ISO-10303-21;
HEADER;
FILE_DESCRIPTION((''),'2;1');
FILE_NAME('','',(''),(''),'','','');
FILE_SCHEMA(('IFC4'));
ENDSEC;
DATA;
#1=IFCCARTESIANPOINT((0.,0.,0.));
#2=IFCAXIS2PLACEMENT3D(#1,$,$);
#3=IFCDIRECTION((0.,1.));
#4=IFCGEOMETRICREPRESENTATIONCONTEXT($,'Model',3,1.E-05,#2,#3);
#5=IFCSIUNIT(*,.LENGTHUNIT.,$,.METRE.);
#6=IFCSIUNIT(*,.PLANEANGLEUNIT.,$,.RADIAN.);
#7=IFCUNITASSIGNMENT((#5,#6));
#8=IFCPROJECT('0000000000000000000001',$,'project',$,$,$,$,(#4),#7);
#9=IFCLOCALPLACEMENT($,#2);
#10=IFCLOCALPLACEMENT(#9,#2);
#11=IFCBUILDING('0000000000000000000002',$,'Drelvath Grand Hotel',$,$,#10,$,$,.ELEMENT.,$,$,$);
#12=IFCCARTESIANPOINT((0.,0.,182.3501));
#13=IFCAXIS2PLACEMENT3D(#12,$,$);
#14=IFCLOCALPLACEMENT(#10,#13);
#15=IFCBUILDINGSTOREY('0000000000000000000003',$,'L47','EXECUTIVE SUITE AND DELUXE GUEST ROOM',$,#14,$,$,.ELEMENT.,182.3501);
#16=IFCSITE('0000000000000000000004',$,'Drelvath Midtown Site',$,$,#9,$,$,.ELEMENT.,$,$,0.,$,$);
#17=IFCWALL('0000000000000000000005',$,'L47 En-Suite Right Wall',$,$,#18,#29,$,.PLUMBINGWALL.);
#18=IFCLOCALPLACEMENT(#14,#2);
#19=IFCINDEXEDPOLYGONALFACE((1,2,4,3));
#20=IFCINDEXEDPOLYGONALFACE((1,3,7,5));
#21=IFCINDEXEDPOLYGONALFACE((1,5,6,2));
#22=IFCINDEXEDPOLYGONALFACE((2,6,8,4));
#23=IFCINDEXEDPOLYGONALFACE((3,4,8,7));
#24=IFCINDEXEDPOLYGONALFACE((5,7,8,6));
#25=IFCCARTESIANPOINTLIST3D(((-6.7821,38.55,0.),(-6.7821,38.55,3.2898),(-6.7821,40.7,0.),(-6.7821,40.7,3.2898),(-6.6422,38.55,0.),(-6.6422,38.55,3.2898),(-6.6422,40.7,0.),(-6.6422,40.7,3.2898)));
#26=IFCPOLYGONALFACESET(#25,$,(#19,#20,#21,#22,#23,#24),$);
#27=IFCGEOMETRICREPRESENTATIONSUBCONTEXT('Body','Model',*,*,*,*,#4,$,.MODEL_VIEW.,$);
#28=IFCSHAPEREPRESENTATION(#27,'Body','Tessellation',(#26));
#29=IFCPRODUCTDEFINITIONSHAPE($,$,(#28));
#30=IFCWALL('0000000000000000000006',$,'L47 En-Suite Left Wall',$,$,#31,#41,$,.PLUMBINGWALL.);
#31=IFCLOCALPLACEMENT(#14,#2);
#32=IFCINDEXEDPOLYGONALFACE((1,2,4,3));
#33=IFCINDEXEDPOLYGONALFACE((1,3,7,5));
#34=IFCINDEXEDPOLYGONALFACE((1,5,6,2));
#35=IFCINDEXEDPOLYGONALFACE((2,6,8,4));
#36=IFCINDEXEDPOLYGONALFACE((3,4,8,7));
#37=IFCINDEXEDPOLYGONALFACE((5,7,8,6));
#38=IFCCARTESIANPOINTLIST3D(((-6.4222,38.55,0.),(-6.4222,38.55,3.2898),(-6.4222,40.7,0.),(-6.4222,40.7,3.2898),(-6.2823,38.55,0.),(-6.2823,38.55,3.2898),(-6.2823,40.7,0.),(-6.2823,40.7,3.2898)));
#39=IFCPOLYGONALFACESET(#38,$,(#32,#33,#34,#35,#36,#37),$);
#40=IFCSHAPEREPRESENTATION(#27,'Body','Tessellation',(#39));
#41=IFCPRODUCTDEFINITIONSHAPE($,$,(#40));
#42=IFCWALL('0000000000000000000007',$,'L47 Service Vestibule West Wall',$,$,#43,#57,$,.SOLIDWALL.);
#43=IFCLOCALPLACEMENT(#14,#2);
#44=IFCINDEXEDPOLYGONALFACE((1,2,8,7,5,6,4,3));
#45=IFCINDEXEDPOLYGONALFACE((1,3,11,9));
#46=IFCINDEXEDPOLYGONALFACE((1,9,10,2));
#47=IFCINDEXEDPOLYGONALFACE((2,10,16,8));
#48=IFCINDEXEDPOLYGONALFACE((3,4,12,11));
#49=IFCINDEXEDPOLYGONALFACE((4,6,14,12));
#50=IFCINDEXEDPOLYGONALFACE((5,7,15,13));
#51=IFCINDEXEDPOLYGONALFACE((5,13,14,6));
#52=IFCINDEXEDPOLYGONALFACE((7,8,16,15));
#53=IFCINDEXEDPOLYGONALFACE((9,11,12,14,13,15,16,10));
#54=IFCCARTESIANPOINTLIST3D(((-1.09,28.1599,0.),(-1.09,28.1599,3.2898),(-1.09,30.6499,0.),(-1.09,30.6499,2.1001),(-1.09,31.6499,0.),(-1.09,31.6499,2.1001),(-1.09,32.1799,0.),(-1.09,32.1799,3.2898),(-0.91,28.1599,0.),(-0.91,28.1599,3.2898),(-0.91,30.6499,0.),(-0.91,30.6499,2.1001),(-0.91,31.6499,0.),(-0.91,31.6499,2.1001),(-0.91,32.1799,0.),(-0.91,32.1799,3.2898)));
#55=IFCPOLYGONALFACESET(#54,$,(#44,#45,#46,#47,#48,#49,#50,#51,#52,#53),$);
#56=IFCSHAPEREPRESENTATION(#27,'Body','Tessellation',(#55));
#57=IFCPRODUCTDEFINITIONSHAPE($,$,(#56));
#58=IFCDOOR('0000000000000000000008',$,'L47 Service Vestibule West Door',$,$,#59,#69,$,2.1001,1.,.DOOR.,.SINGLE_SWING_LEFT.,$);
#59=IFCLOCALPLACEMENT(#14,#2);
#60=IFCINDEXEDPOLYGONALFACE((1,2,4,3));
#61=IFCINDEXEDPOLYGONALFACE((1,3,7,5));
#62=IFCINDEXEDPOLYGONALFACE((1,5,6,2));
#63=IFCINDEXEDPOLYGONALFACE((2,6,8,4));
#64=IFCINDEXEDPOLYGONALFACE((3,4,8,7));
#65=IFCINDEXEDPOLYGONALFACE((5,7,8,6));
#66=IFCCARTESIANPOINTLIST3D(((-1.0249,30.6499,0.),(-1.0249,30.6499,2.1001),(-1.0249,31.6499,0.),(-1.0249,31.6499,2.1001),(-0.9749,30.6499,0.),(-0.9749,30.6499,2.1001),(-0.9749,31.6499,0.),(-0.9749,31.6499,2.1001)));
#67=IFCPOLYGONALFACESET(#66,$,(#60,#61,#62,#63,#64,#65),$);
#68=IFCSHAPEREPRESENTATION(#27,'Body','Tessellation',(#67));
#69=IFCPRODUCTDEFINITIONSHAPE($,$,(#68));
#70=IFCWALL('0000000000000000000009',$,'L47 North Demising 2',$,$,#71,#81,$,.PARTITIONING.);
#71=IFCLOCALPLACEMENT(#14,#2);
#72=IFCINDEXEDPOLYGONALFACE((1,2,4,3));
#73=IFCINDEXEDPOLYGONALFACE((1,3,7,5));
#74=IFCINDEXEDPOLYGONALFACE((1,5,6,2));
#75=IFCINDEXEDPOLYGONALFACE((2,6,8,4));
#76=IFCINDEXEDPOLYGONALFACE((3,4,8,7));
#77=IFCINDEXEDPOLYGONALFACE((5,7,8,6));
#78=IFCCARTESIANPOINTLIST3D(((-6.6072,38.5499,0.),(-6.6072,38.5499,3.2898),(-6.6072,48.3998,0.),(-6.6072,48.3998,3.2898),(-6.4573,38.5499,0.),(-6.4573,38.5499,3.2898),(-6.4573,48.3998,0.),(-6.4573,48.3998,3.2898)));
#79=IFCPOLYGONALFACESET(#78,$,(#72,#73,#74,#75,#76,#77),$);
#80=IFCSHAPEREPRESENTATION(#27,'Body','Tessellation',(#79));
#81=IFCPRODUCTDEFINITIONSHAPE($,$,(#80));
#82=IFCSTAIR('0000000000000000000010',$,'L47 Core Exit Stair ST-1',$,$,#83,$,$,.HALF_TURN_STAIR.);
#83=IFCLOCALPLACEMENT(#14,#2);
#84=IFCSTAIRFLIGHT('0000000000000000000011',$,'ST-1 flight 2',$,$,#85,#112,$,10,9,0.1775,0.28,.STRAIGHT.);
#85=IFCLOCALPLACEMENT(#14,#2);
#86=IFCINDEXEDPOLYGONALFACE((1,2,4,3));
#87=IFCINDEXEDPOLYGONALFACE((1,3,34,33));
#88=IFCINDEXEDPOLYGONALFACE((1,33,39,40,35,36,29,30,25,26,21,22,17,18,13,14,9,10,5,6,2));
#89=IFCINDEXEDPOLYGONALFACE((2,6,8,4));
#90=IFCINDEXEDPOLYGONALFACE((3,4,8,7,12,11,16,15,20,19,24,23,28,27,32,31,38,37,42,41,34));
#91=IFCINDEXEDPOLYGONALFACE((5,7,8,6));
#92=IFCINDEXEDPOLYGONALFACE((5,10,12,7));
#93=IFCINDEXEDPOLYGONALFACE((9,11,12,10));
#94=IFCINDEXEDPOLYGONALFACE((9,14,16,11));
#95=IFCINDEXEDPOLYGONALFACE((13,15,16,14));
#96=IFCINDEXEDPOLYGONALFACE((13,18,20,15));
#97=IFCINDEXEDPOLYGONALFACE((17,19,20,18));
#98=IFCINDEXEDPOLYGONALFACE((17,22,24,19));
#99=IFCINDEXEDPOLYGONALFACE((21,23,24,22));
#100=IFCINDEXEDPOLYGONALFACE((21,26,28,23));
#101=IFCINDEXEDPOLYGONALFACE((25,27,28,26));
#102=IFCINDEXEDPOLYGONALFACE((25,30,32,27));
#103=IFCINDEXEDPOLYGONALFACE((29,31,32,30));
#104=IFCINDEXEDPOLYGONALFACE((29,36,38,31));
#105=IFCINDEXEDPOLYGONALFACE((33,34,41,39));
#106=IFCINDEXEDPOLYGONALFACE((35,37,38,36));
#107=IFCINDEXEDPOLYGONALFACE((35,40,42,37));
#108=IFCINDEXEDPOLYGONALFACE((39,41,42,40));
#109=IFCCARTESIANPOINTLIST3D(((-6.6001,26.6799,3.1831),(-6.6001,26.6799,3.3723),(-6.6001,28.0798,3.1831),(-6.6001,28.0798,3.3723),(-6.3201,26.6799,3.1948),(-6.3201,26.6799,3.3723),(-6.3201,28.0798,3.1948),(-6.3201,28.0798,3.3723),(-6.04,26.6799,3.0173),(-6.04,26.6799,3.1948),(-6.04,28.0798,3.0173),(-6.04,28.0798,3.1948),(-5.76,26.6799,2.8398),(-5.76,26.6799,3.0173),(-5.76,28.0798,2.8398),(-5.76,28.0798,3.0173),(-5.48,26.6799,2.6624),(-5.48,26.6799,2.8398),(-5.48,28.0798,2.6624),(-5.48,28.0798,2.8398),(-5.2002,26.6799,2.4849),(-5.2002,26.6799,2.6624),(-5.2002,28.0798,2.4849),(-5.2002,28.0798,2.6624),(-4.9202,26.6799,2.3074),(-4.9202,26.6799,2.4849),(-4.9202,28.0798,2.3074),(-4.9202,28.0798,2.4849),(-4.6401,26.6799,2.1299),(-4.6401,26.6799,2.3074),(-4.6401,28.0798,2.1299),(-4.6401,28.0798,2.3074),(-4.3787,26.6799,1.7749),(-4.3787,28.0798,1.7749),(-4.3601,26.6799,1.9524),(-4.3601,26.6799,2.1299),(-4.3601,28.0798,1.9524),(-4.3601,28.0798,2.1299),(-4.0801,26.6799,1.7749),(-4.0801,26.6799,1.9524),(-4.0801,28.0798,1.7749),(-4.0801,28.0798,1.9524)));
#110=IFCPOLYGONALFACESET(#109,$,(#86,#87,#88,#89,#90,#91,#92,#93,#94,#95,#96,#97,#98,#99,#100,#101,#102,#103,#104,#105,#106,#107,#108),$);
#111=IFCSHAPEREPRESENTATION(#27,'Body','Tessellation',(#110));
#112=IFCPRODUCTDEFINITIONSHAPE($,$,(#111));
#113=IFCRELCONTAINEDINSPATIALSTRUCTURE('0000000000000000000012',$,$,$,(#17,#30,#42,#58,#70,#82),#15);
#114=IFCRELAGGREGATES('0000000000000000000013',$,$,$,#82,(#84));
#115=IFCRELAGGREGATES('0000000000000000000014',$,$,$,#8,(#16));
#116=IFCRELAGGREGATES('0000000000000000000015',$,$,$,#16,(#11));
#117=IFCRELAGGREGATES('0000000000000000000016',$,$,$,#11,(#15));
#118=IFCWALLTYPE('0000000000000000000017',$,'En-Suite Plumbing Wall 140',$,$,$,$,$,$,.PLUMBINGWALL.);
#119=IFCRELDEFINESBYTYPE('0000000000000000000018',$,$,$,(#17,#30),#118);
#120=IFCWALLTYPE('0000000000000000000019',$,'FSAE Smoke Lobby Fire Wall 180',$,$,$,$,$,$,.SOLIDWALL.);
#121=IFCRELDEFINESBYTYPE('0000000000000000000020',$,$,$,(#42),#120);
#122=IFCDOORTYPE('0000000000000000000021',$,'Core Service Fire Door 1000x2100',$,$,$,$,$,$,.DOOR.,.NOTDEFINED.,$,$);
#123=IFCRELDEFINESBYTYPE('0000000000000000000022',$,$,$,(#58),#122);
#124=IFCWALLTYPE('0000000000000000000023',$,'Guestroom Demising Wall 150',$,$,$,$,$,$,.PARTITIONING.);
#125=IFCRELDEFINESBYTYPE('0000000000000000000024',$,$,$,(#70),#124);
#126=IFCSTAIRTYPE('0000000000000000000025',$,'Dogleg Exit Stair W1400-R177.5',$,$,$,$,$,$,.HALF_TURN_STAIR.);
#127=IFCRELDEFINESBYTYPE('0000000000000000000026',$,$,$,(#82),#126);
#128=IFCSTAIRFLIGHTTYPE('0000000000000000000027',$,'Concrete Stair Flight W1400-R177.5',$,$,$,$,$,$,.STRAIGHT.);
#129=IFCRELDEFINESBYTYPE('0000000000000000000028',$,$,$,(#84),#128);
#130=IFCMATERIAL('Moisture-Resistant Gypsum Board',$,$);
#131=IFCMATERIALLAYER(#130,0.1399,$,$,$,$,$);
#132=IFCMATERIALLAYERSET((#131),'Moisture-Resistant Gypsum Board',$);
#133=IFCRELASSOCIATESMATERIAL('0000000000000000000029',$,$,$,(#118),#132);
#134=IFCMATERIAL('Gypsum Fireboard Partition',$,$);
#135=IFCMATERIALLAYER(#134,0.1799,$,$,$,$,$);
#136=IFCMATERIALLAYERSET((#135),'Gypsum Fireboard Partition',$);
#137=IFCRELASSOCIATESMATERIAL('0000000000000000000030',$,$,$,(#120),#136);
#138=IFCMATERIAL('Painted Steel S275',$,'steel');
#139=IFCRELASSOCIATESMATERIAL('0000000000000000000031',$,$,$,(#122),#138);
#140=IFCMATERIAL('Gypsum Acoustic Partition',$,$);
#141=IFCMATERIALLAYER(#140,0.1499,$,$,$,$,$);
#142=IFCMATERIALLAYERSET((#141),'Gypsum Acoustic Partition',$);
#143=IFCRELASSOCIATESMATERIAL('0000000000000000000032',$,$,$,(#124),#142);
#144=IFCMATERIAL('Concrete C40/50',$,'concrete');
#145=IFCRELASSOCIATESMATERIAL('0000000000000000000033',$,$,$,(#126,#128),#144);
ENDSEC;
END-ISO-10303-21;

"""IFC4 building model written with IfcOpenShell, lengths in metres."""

from ifc_helpers import new_model, si_unit, direction, frame, frame_2d, origin, place, context, subcontext, project, spatial, polyline, rectangle, outline, extrude, material, layer, layer_set, type_object, element, fill, aggregate, save


model = new_model("IFC4")

# Units and contexts
model_context = context("Model", 3, precision=1e-05, world=origin(), true_north=direction((0.0, 1.0)))
body_context = subcontext(model_context, "Body", "Model", "MODEL_VIEW")
ifc_project = project(units=[si_unit("LENGTHUNIT", "METRE"), si_unit("PLANEANGLEUNIT", "RADIAN")], contexts=[model_context])

# Site, building, storey
site_placement = place(None, origin())
site = spatial("IfcSite", under=ifc_project, at=site_placement, Name="Drelvath Midtown Site", CompositionType="ELEMENT", RefElevation=0.0)
building_placement = place(site_placement, origin())
building = spatial("IfcBuilding", under=site, at=building_placement, Name="Drelvath Grand Hotel", CompositionType="ELEMENT")
storey_placement = place(building_placement, frame((0.0, 0.0, 182.3501)))
storey = spatial("IfcBuildingStorey", under=building, at=storey_placement, Name="L47", Description="EXECUTIVE SUITE AND DELUXE GUEST ROOM", CompositionType="ELEMENT", Elevation=182.3501)

# Shared definitions
ifc_material_1 = material(Name="Concrete C40/50", Category="concrete")

# Walls
ifc_material_2 = material(Name="Gypsum Fireboard Partition")
ifc_material_3 = material(Name="Moisture-Resistant Gypsum Board")
ifc_layer_1 = layer(ifc_material_3, 0.1399)
ifc_layer_set_1 = layer_set([ifc_layer_1], Name="Moisture-Resistant Gypsum Board")
wall_type_1 = type_object("IfcWallType", Name="En-Suite Plumbing Wall 140", PredefinedType="PLUMBINGWALL", material=ifc_layer_set_1)
for number, where, z_axis, x_axis, name in (
    (1, (-6.7122, 38.55, 0.0), (0.0, 0.0, 1.0), (0.0, 1.0, 0.0), "L47 En-Suite Right Wall"),
    (2, (-6.3523, 38.55, 0.0), (0.0, 0.0, 1.0), (0.0, 1.0, 0.0), "L47 En-Suite Left Wall"),
):
    element("IfcWall", number, at=place(storey_placement, frame(where, z_axis=z_axis, x_axis=x_axis)), inside=storey, type_object=wall_type_1, Name=name, PredefinedType="PLUMBINGWALL", context=body_context, shape_type="SweptSolid", body=[
        extrude(rectangle(XDim=2.1499, YDim=0.1399, at=frame_2d((1.075, 0.0))), origin(), (0.0, 0.0, 1.0), 3.2898),
    ])

# Wall, opening, door
ifc_layer_2 = layer(ifc_material_2, 0.1799)
ifc_layer_set_2 = layer_set([ifc_layer_2], Name="Gypsum Fireboard Partition")
wall_type_2 = type_object("IfcWallType", Name="FSAE Smoke Lobby Fire Wall 180", PredefinedType="SOLIDWALL", material=ifc_layer_set_2)
wall_1_placement = place(storey_placement, frame((-1.0, 28.1599, 0.0), z_axis=(0.0, 0.0, 1.0), x_axis=(0.0, 1.0, 0.0)))
wall_1 = element("IfcWall", 3, at=wall_1_placement, inside=storey, type_object=wall_type_2, Name="L47 Service Vestibule West Wall", PredefinedType="SOLIDWALL", context=body_context, shape_type="SweptSolid", body=[
    extrude(rectangle(XDim=4.02, YDim=0.1799, at=frame_2d((2.01, 0.0))), origin(), (0.0, 0.0, 1.0), 3.2898),
])
opening_1_placement = place(wall_1_placement, frame((2.49, 0.0, 0.0)))
opening_1 = element("IfcOpeningElement", 4, at=opening_1_placement, cuts=wall_1, PredefinedType="OPENING", context=body_context, shape_type="SweptSolid", body=[
    extrude(rectangle(XDim=1.0, YDim=2.1001, at=frame_2d((0.5, 1.05))), frame((0.0, 0.0999, 0.0), z_axis=(0.0, -1.0, 0.0), x_axis=(1.0, 0.0, 0.0)), (0.0, 0.0, 1.0), 0.2),
])
ifc_material_4 = material(Name="Painted Steel S275", Category="steel")
door_type_1 = type_object("IfcDoorType", Name="Core Service Fire Door 1000x2100", OperationType="NOTDEFINED", PredefinedType="DOOR", material=ifc_material_4)
door_1_placement = place(opening_1_placement, origin())
door_1 = element("IfcDoor", 5, at=door_1_placement, inside=storey, type_object=door_type_1, Name="L47 Service Vestibule West Door", OperationType="SINGLE_SWING_LEFT", OverallHeight=2.1001, OverallWidth=1.0, PredefinedType="DOOR", context=body_context, shape_type="SweptSolid", body=[
    extrude(rectangle(XDim=1.0, YDim=2.1001, at=frame_2d((0.5, 1.05))), frame((0.0, 0.0249, 0.0), z_axis=(0.0, -1.0, 0.0), x_axis=(1.0, 0.0, 0.0)), (0.0, 0.0, 1.0), 0.05),
])
fill(opening_1, door_1)

# Wall
ifc_material_5 = material(Name="Gypsum Acoustic Partition")
ifc_layer_3 = layer(ifc_material_5, 0.1499)
ifc_layer_set_3 = layer_set([ifc_layer_3], Name="Gypsum Acoustic Partition")
wall_type_3 = type_object("IfcWallType", Name="Guestroom Demising Wall 150", PredefinedType="PARTITIONING", material=ifc_layer_set_3)
wall_2_placement = place(storey_placement, frame((-6.5322, 38.55, 0.0), z_axis=(0.0, 0.0, 1.0), x_axis=(0.0, 1.0, 0.0)))
element("IfcWall", 6, at=wall_2_placement, inside=storey, type_object=wall_type_3, Name="L47 North Demising 2", PredefinedType="PARTITIONING", context=body_context, shape_type="SweptSolid", body=[
    extrude(rectangle(XDim=9.8499, YDim=0.1499, at=frame_2d((4.9248, 0.0))), origin(), (0.0, 0.0, 1.0), 3.2898),
])

# Stair, stair flight
stair_type = type_object("IfcStairType", Name="Dogleg Exit Stair W1400-R177.5", PredefinedType="HALF_TURN_STAIR", material=ifc_material_1)
stair_placement = place(storey_placement, origin())
stair = element("IfcStair", 7, at=stair_placement, inside=storey, type_object=stair_type, Name="L47 Core Exit Stair ST-1", PredefinedType="HALF_TURN_STAIR")
stair_flight_type = type_object("IfcStairFlightType", Name="Concrete Stair Flight W1400-R177.5", PredefinedType="STRAIGHT", material=ifc_material_1)
stair_flight_placement = place(storey_placement, frame((-4.0801, 27.3799, 1.7749), z_axis=(0.0, 0.0, 1.0), x_axis=(-1.0, 0.0, 0.0)))
stair_flight = element("IfcStairFlight", 8, at=stair_flight_placement, type_object=stair_flight_type, Name="ST-1 flight 2", NumberOfRisers=10, NumberOfTreads=9, PredefinedType="STRAIGHT", RiserHeight=0.1775, TreadLength=0.28, context=body_context, shape_type="SweptSolid", body=[
    extrude(outline(polyline([(0.0, 0.0), (0.0, 0.1775), (0.28, 0.1775), (0.28, 0.355), (0.5601, 0.355), (0.5601, 0.5325), (0.8401, 0.5325), (0.8401, 0.71), (1.1201, 0.71), (1.1201, 0.8875), (1.3999, 0.8875), (1.3999, 1.0649), (1.6799, 1.0649), (1.6799, 1.2424), (1.96, 1.2424), (1.96, 1.4199), (2.24, 1.4199), (2.24, 1.5974), (2.52, 1.5974), (2.52, 1.7749), (2.52, 1.4082), (0.2986, 0.0), (0.0, 0.0)])), frame((0.0, 0.7, 0.0), z_axis=(0.0, -1.0, 0.0), x_axis=(1.0, 0.0, 0.0)), (0.0, 0.0, 1.0), 1.3999),
])
aggregate(stair, [stair_flight])

save(model, "model.ifc")
